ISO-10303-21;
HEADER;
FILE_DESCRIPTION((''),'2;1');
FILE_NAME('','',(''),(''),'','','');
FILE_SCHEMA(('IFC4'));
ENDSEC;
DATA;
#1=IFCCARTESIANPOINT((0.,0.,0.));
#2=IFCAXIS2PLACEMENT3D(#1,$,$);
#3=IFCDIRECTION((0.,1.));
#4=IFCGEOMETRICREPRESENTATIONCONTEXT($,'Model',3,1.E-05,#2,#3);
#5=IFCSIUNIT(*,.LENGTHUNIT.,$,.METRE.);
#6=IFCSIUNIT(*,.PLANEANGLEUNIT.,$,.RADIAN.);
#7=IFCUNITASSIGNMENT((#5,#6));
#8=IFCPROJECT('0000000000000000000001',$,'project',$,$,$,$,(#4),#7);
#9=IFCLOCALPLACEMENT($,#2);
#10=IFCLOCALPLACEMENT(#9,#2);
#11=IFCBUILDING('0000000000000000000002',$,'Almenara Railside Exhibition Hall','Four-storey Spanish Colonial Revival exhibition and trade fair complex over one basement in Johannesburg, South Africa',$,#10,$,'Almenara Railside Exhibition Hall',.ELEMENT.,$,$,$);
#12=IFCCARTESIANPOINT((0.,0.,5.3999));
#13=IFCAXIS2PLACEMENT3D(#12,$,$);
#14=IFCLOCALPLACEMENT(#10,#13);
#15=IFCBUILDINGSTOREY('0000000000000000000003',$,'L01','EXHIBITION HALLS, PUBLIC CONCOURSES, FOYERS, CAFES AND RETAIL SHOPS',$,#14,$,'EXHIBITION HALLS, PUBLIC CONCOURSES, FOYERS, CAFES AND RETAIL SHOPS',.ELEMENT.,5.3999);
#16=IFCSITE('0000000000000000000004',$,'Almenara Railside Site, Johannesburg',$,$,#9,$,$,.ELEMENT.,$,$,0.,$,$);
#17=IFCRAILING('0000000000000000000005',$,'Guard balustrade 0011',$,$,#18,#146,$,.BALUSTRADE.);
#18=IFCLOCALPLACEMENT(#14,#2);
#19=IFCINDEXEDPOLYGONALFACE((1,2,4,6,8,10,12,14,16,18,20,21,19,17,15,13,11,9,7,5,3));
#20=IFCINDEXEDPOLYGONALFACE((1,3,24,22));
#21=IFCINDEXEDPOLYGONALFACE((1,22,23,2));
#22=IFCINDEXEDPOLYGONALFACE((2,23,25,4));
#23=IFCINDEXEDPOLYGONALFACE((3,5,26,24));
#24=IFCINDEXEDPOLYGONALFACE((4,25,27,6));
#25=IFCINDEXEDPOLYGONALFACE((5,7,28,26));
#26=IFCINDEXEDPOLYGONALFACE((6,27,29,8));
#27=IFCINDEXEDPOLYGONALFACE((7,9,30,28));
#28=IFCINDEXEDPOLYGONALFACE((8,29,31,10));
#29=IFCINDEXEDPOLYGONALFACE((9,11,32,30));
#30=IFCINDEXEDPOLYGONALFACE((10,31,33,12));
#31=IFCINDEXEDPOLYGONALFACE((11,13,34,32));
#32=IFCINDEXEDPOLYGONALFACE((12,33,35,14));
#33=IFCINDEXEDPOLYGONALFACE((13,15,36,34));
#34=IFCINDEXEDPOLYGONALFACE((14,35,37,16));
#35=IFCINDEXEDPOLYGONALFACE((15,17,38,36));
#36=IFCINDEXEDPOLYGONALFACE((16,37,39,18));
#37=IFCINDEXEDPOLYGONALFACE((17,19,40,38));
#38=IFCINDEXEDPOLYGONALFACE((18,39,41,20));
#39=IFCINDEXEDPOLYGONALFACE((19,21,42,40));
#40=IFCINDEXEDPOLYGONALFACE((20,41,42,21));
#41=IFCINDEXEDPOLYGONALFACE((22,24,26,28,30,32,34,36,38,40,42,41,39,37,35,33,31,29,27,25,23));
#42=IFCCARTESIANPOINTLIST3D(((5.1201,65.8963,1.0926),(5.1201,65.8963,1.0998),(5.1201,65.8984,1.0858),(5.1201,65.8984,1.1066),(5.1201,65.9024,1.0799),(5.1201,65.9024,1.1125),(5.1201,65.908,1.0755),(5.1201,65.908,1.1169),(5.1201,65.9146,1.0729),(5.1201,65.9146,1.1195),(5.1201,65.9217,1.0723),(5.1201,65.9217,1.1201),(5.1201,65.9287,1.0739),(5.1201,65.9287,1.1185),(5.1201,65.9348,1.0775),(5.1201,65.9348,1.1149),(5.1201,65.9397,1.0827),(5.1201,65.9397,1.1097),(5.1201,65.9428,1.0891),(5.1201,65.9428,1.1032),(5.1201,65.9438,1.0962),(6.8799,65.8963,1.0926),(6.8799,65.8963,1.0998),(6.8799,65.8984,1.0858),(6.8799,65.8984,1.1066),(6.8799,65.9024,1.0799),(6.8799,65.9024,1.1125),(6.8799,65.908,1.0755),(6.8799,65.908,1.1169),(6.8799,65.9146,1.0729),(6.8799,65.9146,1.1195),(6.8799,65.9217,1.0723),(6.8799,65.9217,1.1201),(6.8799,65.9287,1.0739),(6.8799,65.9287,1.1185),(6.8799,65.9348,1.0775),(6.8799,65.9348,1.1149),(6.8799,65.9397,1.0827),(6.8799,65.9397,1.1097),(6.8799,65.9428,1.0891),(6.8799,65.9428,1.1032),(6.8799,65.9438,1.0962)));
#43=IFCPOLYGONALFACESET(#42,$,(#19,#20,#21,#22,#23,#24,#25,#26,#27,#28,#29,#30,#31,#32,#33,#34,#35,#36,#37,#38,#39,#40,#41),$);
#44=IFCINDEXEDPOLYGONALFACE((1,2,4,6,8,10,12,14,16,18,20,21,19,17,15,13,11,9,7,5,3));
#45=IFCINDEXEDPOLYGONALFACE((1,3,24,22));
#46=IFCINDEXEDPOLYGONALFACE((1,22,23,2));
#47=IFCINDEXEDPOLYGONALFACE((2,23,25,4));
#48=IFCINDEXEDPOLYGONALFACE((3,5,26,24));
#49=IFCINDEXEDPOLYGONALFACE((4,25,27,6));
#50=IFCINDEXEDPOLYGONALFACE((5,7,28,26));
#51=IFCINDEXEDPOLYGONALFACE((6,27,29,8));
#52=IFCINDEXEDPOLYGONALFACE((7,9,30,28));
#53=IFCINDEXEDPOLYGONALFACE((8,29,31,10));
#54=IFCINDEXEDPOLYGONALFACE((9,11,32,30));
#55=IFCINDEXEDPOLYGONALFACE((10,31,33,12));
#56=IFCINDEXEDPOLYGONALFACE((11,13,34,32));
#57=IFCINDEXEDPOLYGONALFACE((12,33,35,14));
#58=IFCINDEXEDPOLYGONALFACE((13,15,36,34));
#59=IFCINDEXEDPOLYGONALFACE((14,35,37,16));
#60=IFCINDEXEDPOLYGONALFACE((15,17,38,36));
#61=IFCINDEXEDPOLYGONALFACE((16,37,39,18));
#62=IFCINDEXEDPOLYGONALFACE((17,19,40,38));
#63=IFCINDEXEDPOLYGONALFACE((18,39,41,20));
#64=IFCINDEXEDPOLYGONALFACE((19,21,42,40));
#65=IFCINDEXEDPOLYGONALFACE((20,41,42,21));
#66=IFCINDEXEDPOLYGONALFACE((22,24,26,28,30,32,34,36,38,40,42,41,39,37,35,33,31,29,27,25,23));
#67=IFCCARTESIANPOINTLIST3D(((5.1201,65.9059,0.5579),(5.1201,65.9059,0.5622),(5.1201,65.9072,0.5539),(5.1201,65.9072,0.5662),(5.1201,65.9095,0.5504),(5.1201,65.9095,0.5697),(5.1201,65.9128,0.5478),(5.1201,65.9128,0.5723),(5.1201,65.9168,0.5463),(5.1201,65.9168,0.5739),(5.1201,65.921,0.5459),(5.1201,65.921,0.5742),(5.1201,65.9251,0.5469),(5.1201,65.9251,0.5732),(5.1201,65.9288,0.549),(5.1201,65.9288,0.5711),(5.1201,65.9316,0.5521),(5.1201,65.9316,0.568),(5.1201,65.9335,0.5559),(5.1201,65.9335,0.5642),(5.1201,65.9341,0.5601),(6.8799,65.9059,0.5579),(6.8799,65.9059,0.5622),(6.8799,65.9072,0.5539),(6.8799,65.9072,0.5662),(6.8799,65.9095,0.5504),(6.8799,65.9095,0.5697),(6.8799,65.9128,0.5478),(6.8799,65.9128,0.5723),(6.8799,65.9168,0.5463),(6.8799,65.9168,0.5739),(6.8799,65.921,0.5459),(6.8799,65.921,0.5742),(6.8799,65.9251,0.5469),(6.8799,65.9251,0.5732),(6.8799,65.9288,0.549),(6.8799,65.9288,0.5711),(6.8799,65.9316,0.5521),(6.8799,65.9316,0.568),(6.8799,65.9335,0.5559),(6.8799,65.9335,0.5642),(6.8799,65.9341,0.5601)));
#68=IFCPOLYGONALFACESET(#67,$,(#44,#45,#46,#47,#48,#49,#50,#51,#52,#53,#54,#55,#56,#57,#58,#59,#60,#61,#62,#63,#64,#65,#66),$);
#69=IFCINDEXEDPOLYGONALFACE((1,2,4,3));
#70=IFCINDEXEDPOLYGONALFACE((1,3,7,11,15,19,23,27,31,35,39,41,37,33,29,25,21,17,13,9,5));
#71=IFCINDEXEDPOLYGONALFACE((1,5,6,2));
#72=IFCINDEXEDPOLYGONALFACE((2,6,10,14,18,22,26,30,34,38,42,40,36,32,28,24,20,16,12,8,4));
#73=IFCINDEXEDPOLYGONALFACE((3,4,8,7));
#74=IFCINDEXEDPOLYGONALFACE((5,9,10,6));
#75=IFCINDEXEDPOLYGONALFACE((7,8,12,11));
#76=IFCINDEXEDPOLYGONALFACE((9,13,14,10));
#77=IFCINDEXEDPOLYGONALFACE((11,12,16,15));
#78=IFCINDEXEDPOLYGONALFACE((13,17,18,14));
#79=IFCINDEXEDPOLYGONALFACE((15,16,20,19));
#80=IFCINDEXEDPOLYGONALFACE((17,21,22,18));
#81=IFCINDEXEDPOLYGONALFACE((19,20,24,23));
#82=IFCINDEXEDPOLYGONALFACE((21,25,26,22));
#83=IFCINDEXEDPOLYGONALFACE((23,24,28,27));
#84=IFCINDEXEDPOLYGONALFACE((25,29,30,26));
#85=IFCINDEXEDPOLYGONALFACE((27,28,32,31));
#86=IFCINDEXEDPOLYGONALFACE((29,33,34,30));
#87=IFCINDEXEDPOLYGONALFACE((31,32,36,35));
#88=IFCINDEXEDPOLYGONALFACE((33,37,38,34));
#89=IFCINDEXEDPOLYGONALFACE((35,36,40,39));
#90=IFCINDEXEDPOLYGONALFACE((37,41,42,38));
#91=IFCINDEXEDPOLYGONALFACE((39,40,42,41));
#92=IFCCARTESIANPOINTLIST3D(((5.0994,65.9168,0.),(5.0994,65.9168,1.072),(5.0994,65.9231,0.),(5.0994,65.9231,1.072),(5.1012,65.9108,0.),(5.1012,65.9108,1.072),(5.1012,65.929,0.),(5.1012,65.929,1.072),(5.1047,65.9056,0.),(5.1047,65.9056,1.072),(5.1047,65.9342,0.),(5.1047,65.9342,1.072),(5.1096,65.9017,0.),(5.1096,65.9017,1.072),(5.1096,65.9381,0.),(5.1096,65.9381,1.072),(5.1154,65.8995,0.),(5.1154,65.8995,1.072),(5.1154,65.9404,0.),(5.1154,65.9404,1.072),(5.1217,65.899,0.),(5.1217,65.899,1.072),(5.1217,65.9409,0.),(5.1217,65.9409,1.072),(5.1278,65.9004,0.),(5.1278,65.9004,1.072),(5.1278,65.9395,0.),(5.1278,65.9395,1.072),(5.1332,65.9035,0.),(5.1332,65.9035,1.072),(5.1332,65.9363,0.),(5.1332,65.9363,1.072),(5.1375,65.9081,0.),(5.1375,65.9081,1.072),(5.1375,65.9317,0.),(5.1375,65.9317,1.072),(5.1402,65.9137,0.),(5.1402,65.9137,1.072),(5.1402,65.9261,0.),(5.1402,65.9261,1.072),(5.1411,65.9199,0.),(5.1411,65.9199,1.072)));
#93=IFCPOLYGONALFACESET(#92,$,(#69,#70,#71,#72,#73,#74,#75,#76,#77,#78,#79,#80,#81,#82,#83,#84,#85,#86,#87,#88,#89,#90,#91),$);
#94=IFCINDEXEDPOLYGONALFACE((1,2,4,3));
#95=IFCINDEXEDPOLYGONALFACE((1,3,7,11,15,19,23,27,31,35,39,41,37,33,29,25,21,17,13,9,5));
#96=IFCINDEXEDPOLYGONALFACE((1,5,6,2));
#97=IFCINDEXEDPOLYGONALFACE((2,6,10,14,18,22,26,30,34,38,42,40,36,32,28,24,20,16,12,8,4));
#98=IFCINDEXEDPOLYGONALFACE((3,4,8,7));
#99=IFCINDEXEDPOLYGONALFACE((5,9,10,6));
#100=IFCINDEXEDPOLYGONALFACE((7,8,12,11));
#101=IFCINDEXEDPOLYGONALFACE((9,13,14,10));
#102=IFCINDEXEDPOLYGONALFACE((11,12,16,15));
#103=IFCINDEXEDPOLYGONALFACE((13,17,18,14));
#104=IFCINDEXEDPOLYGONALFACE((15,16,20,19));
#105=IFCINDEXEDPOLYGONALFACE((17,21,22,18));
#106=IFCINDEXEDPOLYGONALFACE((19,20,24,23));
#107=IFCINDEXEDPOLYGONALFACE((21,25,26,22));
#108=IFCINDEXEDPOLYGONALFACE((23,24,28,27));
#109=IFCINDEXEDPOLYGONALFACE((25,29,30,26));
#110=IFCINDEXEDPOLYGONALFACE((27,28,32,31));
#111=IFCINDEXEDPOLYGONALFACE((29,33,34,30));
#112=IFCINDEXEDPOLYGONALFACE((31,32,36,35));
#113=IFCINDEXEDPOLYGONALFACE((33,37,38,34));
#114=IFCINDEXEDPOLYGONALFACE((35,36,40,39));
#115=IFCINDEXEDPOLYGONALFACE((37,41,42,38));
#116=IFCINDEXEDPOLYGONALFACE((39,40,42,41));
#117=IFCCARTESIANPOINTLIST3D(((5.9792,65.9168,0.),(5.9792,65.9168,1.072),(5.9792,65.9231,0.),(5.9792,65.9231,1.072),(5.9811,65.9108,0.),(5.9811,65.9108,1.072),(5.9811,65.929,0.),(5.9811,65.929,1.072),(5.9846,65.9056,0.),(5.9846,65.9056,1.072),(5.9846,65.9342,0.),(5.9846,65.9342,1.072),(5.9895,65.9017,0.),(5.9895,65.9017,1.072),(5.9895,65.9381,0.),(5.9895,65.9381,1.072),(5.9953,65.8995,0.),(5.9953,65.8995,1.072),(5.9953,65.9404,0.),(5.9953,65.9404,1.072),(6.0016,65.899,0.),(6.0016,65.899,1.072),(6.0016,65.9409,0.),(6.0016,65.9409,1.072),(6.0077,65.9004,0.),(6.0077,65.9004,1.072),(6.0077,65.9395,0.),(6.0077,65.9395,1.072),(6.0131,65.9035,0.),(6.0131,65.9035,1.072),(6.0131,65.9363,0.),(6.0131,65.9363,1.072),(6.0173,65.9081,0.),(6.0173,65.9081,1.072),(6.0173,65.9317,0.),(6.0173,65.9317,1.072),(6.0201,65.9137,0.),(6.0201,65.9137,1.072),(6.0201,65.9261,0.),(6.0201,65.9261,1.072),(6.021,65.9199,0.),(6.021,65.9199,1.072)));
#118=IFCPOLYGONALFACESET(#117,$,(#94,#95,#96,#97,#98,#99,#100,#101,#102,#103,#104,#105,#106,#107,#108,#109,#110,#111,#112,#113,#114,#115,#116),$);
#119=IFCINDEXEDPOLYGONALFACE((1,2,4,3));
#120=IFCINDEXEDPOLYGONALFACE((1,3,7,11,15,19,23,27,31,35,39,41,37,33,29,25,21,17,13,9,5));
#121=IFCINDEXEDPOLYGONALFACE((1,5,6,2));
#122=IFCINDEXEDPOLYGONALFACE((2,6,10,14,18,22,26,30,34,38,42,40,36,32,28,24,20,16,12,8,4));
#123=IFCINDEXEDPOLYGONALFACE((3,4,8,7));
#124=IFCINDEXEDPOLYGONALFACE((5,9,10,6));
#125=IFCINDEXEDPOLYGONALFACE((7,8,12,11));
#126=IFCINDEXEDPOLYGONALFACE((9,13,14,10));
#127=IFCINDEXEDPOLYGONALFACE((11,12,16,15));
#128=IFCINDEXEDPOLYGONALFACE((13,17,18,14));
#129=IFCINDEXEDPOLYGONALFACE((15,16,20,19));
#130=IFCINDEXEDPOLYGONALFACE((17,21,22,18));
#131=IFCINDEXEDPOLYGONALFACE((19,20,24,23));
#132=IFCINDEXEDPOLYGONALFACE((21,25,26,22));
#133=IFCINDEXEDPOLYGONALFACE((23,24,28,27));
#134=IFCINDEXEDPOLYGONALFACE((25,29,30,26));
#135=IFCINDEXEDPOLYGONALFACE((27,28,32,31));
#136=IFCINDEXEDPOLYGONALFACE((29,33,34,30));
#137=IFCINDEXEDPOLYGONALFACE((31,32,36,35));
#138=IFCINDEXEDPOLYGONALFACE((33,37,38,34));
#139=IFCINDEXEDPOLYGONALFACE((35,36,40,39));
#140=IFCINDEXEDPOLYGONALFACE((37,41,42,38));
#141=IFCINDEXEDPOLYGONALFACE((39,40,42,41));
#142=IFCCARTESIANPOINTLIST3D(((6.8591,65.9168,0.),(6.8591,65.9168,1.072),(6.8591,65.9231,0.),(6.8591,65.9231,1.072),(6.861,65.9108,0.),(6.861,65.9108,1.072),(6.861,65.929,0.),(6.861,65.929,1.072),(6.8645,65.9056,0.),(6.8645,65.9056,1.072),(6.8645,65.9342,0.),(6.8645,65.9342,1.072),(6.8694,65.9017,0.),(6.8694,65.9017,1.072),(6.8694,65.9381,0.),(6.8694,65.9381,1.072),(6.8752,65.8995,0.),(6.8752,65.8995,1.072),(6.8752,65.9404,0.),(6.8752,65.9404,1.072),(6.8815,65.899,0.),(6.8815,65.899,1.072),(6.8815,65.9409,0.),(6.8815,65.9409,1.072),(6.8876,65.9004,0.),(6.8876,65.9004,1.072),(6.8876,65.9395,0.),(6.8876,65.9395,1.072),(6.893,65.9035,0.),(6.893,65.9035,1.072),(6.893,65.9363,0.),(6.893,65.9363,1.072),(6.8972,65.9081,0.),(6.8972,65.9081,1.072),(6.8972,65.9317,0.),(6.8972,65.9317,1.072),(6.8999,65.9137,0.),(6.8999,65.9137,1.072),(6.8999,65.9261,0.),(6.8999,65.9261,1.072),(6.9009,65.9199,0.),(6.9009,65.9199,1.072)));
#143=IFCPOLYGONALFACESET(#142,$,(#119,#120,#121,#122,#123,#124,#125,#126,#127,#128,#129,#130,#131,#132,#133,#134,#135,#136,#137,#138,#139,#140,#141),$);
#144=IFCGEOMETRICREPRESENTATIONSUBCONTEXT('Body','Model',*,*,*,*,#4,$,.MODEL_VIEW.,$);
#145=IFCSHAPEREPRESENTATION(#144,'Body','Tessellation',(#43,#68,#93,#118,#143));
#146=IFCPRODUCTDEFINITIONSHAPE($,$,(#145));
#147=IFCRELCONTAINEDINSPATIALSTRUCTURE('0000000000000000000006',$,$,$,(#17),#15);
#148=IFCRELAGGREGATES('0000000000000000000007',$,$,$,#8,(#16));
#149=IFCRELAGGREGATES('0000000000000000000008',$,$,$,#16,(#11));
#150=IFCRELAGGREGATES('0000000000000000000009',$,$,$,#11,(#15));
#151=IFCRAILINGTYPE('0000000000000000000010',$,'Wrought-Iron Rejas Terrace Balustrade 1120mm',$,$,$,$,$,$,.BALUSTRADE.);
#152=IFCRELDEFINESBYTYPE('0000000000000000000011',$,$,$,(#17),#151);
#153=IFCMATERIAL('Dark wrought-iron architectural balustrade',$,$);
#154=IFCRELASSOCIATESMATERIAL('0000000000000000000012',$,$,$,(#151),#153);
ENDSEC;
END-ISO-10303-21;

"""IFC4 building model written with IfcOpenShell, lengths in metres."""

from ifc_helpers import new_model, si_unit, direction, frame, origin, origin_2d, place, context, subcontext, project, spatial, circle, extrude, material, type_object, element, save


model = new_model("IFC4")

# Units and contexts
model_context = context("Model", 3, precision=1e-05, world=origin(), true_north=direction((0.0, 1.0)))
body_context = subcontext(model_context, "Body", "Model", "MODEL_VIEW")
ifc_project = project(units=[si_unit("LENGTHUNIT", "METRE"), si_unit("PLANEANGLEUNIT", "RADIAN")], contexts=[model_context])

# Site, building, storey
site_placement = place(None, origin())
site = spatial("IfcSite", under=ifc_project, at=site_placement, Name="Almenara Railside Site, Johannesburg", CompositionType="ELEMENT", RefElevation=0.0)
building_placement = place(site_placement, origin())
building = spatial("IfcBuilding", under=site, at=building_placement, Name="Almenara Railside Exhibition Hall", Description="Four-storey Spanish Colonial Revival exhibition and trade fair complex over one basement in Johannesburg, South Africa", LongName="Almenara Railside Exhibition Hall", CompositionType="ELEMENT")
storey_placement = place(building_placement, frame((0.0, 0.0, 5.3999)))
storey = spatial("IfcBuildingStorey", under=building, at=storey_placement, Name="L01", Description="EXHIBITION HALLS, PUBLIC CONCOURSES, FOYERS, CAFES AND RETAIL SHOPS", LongName="EXHIBITION HALLS, PUBLIC CONCOURSES, FOYERS, CAFES AND RETAIL SHOPS", CompositionType="ELEMENT", Elevation=5.3999)

# Railing
ifc_material_1 = material(Name="Dark wrought-iron architectural balustrade")
railing_type_1 = type_object("IfcRailingType", Name="Wrought-Iron Rejas Terrace Balustrade 1120mm", PredefinedType="BALUSTRADE", material=ifc_material_1)
railing_1_placement = place(storey_placement, frame((5.1201, 65.9199, 0.0)))
element("IfcRailing", 1, at=railing_1_placement, inside=storey, type_object=railing_type_1, Name="Guard balustrade 0011", PredefinedType="BALUSTRADE", context=body_context, shape_type="SweptSolid", body=[
    extrude(circle(Radius=0.0239, at=origin_2d()), frame((0.0, 0.0, 1.0962), z_axis=(1.0, 0.0, 0.0), x_axis=(0.0, 1.0, 0.0)), (0.0, 0.0, 1.0), 1.7598),
    extrude(circle(Radius=0.0142, at=origin_2d()), frame((0.0, 0.0, 0.5601), z_axis=(1.0, 0.0, 0.0), x_axis=(0.0, 1.0, 0.0)), (0.0, 0.0, 1.0), 1.7598),
    extrude(circle(Radius=0.021, at=origin_2d()), origin(), (0.0, 0.0, 1.0), 1.072),
    extrude(circle(Radius=0.021, at=origin_2d()), frame((0.8799, 0.0, 0.0)), (0.0, 0.0, 1.0), 1.072),
    extrude(circle(Radius=0.021, at=origin_2d()), frame((1.7598, 0.0, 0.0)), (0.0, 0.0, 1.0), 1.072),
])

save(model, "model.ifc")
